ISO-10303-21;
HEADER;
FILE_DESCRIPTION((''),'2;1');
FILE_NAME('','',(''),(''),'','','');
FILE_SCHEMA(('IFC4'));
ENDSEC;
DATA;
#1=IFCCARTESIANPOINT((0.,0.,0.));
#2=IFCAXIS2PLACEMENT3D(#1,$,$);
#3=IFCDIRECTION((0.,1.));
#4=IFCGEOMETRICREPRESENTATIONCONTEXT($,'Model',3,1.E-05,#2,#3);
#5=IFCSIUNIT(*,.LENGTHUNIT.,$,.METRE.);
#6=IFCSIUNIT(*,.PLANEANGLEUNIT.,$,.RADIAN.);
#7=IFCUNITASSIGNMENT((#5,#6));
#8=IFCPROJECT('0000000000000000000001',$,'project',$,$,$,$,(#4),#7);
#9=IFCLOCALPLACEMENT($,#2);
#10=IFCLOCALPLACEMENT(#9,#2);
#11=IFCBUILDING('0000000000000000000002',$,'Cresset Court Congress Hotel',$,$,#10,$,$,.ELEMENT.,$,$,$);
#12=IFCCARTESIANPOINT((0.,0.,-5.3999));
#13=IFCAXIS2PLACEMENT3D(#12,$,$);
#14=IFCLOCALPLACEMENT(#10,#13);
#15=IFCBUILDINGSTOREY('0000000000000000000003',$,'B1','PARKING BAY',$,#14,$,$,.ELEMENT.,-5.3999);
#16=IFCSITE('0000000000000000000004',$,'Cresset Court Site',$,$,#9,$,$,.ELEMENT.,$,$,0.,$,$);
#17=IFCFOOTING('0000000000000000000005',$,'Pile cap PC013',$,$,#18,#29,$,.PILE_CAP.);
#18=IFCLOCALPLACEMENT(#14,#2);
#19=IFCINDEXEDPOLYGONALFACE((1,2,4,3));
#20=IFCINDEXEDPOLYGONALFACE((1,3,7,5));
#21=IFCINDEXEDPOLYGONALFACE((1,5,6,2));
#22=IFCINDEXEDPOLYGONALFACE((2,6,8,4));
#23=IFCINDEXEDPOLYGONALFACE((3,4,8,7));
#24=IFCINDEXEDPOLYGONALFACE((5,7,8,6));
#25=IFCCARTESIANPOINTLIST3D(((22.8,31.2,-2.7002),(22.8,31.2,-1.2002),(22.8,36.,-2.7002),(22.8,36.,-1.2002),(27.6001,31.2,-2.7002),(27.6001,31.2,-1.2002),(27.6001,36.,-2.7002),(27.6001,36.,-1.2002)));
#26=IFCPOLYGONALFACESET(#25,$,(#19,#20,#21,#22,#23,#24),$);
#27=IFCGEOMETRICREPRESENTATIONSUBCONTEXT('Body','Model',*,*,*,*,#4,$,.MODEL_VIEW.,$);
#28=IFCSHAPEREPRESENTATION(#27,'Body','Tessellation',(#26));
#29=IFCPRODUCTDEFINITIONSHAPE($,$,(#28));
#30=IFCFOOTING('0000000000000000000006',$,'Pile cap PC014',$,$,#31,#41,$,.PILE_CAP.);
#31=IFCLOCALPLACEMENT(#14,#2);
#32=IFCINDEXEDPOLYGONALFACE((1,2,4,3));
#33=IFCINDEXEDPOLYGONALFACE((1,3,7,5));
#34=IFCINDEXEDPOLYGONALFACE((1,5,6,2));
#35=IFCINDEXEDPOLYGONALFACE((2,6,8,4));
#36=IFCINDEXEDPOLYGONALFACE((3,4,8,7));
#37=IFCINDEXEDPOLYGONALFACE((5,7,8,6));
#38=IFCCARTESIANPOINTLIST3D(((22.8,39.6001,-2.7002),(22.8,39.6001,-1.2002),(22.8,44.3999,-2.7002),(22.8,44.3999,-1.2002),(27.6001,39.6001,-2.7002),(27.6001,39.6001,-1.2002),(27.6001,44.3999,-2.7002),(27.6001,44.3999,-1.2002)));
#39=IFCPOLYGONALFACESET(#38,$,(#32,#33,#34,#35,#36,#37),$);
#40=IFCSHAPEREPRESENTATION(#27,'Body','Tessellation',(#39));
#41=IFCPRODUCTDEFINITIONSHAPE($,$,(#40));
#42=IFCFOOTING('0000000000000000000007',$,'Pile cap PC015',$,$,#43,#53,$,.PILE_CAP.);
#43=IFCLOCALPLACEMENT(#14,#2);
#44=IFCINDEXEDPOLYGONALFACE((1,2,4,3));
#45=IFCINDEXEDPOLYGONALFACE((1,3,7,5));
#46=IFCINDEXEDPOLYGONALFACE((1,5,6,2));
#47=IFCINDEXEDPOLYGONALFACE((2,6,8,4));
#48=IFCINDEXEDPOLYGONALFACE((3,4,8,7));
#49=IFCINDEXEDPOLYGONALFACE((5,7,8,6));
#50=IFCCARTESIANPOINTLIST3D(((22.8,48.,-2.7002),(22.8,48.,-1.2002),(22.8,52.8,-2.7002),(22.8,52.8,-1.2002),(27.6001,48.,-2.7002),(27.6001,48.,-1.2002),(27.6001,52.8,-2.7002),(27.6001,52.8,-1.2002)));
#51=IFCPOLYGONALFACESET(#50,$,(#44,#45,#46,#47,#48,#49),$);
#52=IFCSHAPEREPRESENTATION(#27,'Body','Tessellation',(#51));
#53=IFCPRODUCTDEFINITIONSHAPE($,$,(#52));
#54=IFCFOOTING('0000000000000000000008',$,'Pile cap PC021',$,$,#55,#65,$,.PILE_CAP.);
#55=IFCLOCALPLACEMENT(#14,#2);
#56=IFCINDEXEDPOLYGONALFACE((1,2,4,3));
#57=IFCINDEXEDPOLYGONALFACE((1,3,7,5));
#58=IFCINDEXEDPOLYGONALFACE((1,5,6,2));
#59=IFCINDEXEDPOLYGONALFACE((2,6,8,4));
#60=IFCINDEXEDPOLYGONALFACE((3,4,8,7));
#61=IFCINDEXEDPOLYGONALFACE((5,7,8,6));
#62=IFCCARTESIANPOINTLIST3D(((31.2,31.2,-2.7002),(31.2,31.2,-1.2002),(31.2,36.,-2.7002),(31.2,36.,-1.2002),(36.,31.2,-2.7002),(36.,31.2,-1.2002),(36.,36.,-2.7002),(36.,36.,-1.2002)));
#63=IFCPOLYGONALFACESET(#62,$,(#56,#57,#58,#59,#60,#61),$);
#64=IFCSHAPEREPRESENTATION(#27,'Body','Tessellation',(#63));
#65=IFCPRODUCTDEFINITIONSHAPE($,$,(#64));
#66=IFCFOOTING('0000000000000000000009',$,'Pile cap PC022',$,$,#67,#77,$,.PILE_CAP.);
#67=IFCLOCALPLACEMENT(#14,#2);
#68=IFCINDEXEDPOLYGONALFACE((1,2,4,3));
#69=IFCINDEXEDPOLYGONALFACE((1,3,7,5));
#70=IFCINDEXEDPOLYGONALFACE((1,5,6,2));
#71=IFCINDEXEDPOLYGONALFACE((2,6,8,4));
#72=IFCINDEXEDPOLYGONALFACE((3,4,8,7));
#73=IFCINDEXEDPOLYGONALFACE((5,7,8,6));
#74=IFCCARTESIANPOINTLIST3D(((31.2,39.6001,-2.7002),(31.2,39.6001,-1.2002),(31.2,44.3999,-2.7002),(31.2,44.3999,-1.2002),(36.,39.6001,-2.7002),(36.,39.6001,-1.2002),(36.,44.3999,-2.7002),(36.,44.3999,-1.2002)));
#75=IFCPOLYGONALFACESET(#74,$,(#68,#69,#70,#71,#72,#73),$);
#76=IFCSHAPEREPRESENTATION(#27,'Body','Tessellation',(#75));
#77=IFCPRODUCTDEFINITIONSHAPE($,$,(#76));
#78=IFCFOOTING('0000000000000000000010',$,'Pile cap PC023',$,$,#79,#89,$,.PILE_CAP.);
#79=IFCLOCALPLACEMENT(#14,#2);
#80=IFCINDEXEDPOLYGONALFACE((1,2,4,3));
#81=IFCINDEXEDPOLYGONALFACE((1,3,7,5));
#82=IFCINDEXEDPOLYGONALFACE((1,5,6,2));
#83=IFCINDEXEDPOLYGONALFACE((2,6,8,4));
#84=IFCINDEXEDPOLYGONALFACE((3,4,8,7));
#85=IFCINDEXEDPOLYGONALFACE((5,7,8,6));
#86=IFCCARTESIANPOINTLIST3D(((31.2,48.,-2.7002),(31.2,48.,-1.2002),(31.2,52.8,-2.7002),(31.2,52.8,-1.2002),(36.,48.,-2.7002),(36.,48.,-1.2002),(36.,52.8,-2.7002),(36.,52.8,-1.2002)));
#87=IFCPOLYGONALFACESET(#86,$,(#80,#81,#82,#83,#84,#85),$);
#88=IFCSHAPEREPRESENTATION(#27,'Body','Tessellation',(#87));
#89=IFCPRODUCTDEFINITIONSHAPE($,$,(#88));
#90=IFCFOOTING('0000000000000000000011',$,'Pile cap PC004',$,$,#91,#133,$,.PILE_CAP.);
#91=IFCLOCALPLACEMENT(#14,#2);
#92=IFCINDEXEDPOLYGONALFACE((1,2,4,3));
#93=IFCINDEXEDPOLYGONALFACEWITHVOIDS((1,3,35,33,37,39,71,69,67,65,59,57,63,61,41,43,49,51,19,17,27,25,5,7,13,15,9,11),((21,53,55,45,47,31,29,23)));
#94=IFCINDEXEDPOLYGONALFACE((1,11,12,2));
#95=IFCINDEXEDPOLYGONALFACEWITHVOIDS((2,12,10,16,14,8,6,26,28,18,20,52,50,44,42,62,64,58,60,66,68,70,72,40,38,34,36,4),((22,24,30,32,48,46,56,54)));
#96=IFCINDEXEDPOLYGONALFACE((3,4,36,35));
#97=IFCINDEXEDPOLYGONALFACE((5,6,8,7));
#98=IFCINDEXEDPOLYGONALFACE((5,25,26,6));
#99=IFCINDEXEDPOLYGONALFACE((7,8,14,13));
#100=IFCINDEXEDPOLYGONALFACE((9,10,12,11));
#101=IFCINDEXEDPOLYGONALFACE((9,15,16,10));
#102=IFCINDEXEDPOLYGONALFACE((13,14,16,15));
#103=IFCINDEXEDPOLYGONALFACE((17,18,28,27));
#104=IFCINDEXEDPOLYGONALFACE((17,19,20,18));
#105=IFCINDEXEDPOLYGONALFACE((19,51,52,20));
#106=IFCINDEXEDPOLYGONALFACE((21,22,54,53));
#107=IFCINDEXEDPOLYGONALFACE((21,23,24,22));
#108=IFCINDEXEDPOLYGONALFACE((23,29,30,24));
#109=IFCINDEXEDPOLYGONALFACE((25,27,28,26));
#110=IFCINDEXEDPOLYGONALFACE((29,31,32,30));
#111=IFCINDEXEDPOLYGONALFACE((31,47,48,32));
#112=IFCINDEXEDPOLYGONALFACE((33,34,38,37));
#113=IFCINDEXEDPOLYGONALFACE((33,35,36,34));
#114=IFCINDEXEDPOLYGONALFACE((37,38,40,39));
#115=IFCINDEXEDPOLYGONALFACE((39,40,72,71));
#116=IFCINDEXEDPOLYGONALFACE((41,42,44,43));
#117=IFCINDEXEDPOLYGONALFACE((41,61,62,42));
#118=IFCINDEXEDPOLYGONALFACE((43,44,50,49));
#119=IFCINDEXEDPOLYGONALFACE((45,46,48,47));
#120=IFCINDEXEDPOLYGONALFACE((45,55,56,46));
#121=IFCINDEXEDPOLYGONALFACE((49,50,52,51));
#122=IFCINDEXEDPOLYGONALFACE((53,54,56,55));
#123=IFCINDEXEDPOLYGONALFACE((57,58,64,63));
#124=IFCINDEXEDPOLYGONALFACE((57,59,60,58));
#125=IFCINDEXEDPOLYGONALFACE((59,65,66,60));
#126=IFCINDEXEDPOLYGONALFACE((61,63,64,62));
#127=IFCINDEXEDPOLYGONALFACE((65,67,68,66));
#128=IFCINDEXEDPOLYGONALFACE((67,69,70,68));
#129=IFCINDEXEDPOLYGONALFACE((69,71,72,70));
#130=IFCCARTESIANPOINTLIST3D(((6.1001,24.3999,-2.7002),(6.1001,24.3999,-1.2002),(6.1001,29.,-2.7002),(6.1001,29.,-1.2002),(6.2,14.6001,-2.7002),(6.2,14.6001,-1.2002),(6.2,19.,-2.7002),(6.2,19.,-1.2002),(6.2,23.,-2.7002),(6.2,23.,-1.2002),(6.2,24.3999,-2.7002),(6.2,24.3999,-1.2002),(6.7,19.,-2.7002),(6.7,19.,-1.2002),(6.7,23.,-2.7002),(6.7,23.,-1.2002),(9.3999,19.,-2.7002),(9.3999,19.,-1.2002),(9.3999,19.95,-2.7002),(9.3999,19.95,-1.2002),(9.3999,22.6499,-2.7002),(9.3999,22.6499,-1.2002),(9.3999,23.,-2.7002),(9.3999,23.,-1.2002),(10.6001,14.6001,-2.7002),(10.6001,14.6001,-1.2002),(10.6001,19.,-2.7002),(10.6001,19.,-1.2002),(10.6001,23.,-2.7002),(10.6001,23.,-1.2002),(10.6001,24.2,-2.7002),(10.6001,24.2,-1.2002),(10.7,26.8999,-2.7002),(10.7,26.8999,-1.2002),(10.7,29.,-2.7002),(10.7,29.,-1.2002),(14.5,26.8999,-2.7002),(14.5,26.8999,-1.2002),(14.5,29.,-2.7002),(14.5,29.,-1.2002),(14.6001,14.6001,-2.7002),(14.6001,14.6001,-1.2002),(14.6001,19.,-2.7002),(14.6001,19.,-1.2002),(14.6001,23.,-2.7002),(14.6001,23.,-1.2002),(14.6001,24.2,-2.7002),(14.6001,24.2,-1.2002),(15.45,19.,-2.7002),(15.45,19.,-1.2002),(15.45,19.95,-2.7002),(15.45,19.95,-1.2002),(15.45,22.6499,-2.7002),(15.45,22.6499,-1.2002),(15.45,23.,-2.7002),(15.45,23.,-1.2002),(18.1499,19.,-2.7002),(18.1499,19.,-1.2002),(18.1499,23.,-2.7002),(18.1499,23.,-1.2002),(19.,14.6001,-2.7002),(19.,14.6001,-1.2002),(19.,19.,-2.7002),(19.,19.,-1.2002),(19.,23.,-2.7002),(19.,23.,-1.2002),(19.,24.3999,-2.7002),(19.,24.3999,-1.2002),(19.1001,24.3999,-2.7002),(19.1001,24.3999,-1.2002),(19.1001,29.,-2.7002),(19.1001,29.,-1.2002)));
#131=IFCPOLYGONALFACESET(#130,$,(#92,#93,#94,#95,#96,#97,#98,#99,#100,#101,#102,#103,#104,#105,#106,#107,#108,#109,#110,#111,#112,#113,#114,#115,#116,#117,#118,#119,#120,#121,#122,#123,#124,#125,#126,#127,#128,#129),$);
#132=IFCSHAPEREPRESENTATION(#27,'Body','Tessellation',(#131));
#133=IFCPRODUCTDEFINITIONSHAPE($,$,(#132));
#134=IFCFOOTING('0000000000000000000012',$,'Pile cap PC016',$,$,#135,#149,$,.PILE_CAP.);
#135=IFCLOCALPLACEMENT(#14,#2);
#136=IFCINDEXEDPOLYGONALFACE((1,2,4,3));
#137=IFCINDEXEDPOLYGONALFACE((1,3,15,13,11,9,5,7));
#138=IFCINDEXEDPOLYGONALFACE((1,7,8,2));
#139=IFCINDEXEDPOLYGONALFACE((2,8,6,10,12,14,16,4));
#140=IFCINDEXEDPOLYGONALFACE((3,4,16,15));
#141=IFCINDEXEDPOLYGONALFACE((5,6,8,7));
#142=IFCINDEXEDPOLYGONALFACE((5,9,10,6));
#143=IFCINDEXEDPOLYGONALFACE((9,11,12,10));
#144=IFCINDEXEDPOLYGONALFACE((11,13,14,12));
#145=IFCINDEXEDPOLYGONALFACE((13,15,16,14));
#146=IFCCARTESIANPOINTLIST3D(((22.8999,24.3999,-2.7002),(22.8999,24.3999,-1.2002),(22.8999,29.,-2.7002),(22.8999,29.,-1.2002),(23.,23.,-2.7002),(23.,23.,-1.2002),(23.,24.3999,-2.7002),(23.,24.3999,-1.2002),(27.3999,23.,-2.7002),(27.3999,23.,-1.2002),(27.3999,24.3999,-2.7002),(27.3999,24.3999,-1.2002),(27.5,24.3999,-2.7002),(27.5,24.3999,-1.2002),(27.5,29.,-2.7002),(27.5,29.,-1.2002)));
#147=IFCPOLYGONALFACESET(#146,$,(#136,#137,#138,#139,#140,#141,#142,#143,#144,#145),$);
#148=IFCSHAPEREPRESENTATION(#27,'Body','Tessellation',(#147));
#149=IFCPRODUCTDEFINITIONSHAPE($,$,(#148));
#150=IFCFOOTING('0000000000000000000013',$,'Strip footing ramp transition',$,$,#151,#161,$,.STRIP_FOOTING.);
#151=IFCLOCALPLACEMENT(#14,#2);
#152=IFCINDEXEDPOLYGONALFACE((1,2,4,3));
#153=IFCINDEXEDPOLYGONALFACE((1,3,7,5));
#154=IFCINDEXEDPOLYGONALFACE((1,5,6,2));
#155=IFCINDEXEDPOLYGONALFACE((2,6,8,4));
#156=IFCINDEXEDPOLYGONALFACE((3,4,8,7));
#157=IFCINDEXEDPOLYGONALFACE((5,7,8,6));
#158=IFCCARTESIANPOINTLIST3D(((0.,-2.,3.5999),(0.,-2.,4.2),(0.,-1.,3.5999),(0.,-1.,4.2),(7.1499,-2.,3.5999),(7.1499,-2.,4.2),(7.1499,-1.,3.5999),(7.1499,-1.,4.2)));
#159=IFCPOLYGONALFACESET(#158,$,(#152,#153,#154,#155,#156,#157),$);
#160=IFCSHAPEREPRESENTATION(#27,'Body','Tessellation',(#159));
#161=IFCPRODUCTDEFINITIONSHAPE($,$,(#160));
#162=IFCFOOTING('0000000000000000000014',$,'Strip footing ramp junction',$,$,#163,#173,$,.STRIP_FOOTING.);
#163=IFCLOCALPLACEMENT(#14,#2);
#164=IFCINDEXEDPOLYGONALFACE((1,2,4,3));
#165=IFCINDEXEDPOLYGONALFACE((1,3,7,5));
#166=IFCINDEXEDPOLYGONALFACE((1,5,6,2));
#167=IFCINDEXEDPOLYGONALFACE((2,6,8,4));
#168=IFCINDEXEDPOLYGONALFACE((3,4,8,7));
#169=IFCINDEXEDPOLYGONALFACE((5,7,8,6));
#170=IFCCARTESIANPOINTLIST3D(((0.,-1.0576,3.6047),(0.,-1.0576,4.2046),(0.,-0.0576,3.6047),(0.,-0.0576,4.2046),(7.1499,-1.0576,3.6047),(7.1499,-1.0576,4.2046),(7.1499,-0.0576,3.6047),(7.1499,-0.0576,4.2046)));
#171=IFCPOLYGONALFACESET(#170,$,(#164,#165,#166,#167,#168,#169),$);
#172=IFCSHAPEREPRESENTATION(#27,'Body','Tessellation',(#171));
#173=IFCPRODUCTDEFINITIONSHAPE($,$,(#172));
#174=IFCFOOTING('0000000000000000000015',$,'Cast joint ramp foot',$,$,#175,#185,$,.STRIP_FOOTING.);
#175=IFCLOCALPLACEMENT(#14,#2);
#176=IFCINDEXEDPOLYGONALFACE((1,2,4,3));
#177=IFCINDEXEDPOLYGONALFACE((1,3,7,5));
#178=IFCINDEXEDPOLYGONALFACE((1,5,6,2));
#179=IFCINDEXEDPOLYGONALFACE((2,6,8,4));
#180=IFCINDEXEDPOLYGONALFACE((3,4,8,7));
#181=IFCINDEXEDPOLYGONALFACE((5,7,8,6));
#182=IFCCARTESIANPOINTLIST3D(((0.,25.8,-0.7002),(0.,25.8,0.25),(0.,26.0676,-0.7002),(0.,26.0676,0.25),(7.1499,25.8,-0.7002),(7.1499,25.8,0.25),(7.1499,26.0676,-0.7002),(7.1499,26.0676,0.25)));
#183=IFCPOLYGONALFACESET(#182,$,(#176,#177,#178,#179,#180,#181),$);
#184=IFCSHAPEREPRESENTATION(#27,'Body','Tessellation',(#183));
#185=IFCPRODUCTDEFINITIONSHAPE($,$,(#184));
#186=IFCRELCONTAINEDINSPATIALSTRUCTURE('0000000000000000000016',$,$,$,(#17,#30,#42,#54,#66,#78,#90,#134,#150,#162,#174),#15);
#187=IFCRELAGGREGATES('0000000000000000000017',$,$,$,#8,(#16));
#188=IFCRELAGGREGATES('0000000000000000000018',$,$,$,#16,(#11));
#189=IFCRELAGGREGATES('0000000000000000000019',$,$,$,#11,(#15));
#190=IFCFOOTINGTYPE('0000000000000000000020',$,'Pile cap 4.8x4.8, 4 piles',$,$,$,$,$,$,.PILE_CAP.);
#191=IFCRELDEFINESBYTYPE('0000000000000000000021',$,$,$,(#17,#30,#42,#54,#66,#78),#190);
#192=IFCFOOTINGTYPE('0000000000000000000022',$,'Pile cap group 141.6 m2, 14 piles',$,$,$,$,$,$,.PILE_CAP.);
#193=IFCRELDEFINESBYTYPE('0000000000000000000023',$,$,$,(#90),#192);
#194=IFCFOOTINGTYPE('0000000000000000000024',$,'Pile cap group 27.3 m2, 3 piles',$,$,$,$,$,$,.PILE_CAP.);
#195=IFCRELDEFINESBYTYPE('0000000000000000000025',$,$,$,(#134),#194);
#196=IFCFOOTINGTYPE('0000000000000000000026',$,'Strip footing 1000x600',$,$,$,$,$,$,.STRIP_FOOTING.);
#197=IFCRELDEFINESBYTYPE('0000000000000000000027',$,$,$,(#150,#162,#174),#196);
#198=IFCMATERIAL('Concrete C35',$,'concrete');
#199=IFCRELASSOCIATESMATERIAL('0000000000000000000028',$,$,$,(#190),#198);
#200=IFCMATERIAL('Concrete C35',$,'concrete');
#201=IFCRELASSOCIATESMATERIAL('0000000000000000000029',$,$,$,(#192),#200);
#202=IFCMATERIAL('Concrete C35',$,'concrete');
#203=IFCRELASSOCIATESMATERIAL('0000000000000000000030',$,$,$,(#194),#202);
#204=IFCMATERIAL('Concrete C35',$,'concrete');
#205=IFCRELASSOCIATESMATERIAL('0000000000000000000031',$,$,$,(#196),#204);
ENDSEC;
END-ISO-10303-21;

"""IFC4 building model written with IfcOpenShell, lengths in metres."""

from ifc_helpers import new_model, si_unit, direction, frame, origin, place, context, subcontext, project, spatial, polyline, outline, extrude, material, type_object, element, save


model = new_model("IFC4")

# Units and contexts
model_context = context("Model", 3, precision=1e-05, world=origin(), true_north=direction((0.0, 1.0)))
body_context = subcontext(model_context, "Body", "Model", "MODEL_VIEW")
ifc_project = project(units=[si_unit("LENGTHUNIT", "METRE"), si_unit("PLANEANGLEUNIT", "RADIAN")], contexts=[model_context])

# Site, building, storey
site_placement = place(None, origin())
site = spatial("IfcSite", under=ifc_project, at=site_placement, Name="Cresset Court Site", CompositionType="ELEMENT", RefElevation=0.0)
building_placement = place(site_placement, origin())
building = spatial("IfcBuilding", under=site, at=building_placement, Name="Cresset Court Congress Hotel", CompositionType="ELEMENT")
storey_placement = place(building_placement, frame((0.0, 0.0, -5.3999)))
storey = spatial("IfcBuildingStorey", under=building, at=storey_placement, Name="B1", Description="PARKING BAY", CompositionType="ELEMENT", Elevation=-5.3999)

# Footings
ifc_material_1 = material(Name="Concrete C35", Category="concrete")
footing_type_1 = type_object("IfcFootingType", Name="Pile cap 4.8x4.8, 4 piles", PredefinedType="PILE_CAP", material=ifc_material_1)
footing_1_placement = place(storey_placement, frame((0.0, 0.0, -2.7002)))
element("IfcFooting", 1, at=footing_1_placement, inside=storey, type_object=footing_type_1, Name="Pile cap PC013", PredefinedType="PILE_CAP", context=body_context, shape_type="SweptSolid", body=[
    extrude(outline(polyline([(27.6001, 31.2), (22.8, 31.2), (22.8, 36.0), (27.6001, 36.0), (27.6001, 31.2)])), origin(), (0.0, 0.0, 1.0), 1.5),
])
footing_2_placement = place(storey_placement, frame((0.0, 0.0, -2.7002)))
element("IfcFooting", 2, at=footing_2_placement, inside=storey, type_object=footing_type_1, Name="Pile cap PC014", PredefinedType="PILE_CAP", context=body_context, shape_type="SweptSolid", body=[
    extrude(outline(polyline([(27.6001, 39.6001), (22.8, 39.6001), (22.8, 44.3999), (27.6001, 44.3999), (27.6001, 39.6001)])), origin(), (0.0, 0.0, 1.0), 1.5),
])
footing_3_placement = place(storey_placement, frame((0.0, 0.0, -2.7002)))
element("IfcFooting", 3, at=footing_3_placement, inside=storey, type_object=footing_type_1, Name="Pile cap PC015", PredefinedType="PILE_CAP", context=body_context, shape_type="SweptSolid", body=[
    extrude(outline(polyline([(27.6001, 48.0), (22.8, 48.0), (22.8, 52.8), (27.6001, 52.8), (27.6001, 48.0)])), origin(), (0.0, 0.0, 1.0), 1.5),
])
footing_4_placement = place(storey_placement, frame((0.0, 0.0, -2.7002)))
element("IfcFooting", 4, at=footing_4_placement, inside=storey, type_object=footing_type_1, Name="Pile cap PC021", PredefinedType="PILE_CAP", context=body_context, shape_type="SweptSolid", body=[
    extrude(outline(polyline([(36.0, 31.2), (31.2, 31.2), (31.2, 36.0), (36.0, 36.0), (36.0, 31.2)])), origin(), (0.0, 0.0, 1.0), 1.5),
])
footing_5_placement = place(storey_placement, frame((0.0, 0.0, -2.7002)))
element("IfcFooting", 5, at=footing_5_placement, inside=storey, type_object=footing_type_1, Name="Pile cap PC022", PredefinedType="PILE_CAP", context=body_context, shape_type="SweptSolid", body=[
    extrude(outline(polyline([(36.0, 39.6001), (31.2, 39.6001), (31.2, 44.3999), (36.0, 44.3999), (36.0, 39.6001)])), origin(), (0.0, 0.0, 1.0), 1.5),
])
footing_6_placement = place(storey_placement, frame((0.0, 0.0, -2.7002)))
element("IfcFooting", 6, at=footing_6_placement, inside=storey, type_object=footing_type_1, Name="Pile cap PC023", PredefinedType="PILE_CAP", context=body_context, shape_type="SweptSolid", body=[
    extrude(outline(polyline([(36.0, 48.0), (31.2, 48.0), (31.2, 52.8), (36.0, 52.8), (36.0, 48.0)])), origin(), (0.0, 0.0, 1.0), 1.5),
])
ifc_material_2 = material(Name="Concrete C35", Category="concrete")
footing_type_2 = type_object("IfcFootingType", Name="Pile cap group 141.6 m2, 14 piles", PredefinedType="PILE_CAP", material=ifc_material_2)
footing_7_placement = place(storey_placement, frame((0.0, 0.0, -2.7002)))
element("IfcFooting", 7, at=footing_7_placement, inside=storey, type_object=footing_type_2, Name="Pile cap PC004", PredefinedType="PILE_CAP", context=body_context, shape_type="SweptSolid", body=[
    extrude(outline(polyline([(6.7, 23.0), (6.2, 23.0), (6.2, 24.3999), (6.1001, 24.3999), (6.1001, 29.0), (10.7, 29.0), (10.7, 26.8999), (14.5, 26.8999), (14.5, 29.0), (19.1001, 29.0), (19.1001, 24.3999), (19.0, 24.3999), (19.0, 23.0), (18.1499, 23.0), (18.1499, 19.0), (19.0, 19.0), (19.0, 14.6001), (14.6001, 14.6001), (14.6001, 19.0), (15.45, 19.0), (15.45, 19.95), (9.3999, 19.95), (9.3999, 19.0), (10.6001, 19.0), (10.6001, 14.6001), (6.2, 14.6001), (6.2, 19.0), (6.7, 19.0), (6.7, 23.0)]), holes=[polyline([(15.45, 23.0), (14.6001, 23.0), (14.6001, 24.2), (10.6001, 24.2), (10.6001, 23.0), (9.3999, 23.0), (9.3999, 22.6499), (15.45, 22.6499), (15.45, 23.0)])]), origin(), (0.0, 0.0, 1.0), 1.5),
])
ifc_material_3 = material(Name="Concrete C35", Category="concrete")
footing_type_3 = type_object("IfcFootingType", Name="Pile cap group 27.3 m2, 3 piles", PredefinedType="PILE_CAP", material=ifc_material_3)
footing_8_placement = place(storey_placement, frame((0.0, 0.0, -2.7002)))
element("IfcFooting", 8, at=footing_8_placement, inside=storey, type_object=footing_type_3, Name="Pile cap PC016", PredefinedType="PILE_CAP", context=body_context, shape_type="SweptSolid", body=[
    extrude(outline(polyline([(27.5, 29.0), (27.5, 24.3999), (27.3999, 24.3999), (27.3999, 23.0), (23.0, 23.0), (23.0, 24.3999), (22.8999, 24.3999), (22.8999, 29.0), (27.5, 29.0)])), origin(), (0.0, 0.0, 1.0), 1.5),
])
ifc_material_4 = material(Name="Concrete C35", Category="concrete")
footing_type_4 = type_object("IfcFootingType", Name="Strip footing 1000x600", PredefinedType="STRIP_FOOTING", material=ifc_material_4)
footing_9_placement = place(storey_placement, frame((0.0, 0.0, 3.5999)))
element("IfcFooting", 9, at=footing_9_placement, inside=storey, type_object=footing_type_4, Name="Strip footing ramp transition", PredefinedType="STRIP_FOOTING", context=body_context, shape_type="SweptSolid", body=[
    extrude(outline(polyline([(0.0, -1.0), (7.1499, -1.0), (7.1499, -2.0), (0.0, -2.0), (0.0, -1.0)])), origin(), (0.0, 0.0, 1.0), 0.6001),
])
footing_10_placement = place(storey_placement, frame((0.0, 0.0, 3.6047)))
element("IfcFooting", 10, at=footing_10_placement, inside=storey, type_object=footing_type_4, Name="Strip footing ramp junction", PredefinedType="STRIP_FOOTING", context=body_context, shape_type="SweptSolid", body=[
    extrude(outline(polyline([(0.0, -0.0576), (7.1499, -0.0576), (7.1499, -1.0576), (0.0, -1.0576), (0.0, -0.0576)])), origin(), (0.0, 0.0, 1.0), 0.5999),
])
footing_11_placement = place(storey_placement, frame((0.0, 0.0, -0.7002)))
element("IfcFooting", 11, at=footing_11_placement, inside=storey, type_object=footing_type_4, Name="Cast joint ramp foot", PredefinedType="STRIP_FOOTING", context=body_context, shape_type="SweptSolid", body=[
    extrude(outline(polyline([(0.0, 26.0676), (7.1499, 26.0676), (7.1499, 25.8), (0.0, 25.8), (0.0, 26.0676)])), origin(), (0.0, 0.0, 1.0), 0.9502),
])

save(model, "model.ifc")
